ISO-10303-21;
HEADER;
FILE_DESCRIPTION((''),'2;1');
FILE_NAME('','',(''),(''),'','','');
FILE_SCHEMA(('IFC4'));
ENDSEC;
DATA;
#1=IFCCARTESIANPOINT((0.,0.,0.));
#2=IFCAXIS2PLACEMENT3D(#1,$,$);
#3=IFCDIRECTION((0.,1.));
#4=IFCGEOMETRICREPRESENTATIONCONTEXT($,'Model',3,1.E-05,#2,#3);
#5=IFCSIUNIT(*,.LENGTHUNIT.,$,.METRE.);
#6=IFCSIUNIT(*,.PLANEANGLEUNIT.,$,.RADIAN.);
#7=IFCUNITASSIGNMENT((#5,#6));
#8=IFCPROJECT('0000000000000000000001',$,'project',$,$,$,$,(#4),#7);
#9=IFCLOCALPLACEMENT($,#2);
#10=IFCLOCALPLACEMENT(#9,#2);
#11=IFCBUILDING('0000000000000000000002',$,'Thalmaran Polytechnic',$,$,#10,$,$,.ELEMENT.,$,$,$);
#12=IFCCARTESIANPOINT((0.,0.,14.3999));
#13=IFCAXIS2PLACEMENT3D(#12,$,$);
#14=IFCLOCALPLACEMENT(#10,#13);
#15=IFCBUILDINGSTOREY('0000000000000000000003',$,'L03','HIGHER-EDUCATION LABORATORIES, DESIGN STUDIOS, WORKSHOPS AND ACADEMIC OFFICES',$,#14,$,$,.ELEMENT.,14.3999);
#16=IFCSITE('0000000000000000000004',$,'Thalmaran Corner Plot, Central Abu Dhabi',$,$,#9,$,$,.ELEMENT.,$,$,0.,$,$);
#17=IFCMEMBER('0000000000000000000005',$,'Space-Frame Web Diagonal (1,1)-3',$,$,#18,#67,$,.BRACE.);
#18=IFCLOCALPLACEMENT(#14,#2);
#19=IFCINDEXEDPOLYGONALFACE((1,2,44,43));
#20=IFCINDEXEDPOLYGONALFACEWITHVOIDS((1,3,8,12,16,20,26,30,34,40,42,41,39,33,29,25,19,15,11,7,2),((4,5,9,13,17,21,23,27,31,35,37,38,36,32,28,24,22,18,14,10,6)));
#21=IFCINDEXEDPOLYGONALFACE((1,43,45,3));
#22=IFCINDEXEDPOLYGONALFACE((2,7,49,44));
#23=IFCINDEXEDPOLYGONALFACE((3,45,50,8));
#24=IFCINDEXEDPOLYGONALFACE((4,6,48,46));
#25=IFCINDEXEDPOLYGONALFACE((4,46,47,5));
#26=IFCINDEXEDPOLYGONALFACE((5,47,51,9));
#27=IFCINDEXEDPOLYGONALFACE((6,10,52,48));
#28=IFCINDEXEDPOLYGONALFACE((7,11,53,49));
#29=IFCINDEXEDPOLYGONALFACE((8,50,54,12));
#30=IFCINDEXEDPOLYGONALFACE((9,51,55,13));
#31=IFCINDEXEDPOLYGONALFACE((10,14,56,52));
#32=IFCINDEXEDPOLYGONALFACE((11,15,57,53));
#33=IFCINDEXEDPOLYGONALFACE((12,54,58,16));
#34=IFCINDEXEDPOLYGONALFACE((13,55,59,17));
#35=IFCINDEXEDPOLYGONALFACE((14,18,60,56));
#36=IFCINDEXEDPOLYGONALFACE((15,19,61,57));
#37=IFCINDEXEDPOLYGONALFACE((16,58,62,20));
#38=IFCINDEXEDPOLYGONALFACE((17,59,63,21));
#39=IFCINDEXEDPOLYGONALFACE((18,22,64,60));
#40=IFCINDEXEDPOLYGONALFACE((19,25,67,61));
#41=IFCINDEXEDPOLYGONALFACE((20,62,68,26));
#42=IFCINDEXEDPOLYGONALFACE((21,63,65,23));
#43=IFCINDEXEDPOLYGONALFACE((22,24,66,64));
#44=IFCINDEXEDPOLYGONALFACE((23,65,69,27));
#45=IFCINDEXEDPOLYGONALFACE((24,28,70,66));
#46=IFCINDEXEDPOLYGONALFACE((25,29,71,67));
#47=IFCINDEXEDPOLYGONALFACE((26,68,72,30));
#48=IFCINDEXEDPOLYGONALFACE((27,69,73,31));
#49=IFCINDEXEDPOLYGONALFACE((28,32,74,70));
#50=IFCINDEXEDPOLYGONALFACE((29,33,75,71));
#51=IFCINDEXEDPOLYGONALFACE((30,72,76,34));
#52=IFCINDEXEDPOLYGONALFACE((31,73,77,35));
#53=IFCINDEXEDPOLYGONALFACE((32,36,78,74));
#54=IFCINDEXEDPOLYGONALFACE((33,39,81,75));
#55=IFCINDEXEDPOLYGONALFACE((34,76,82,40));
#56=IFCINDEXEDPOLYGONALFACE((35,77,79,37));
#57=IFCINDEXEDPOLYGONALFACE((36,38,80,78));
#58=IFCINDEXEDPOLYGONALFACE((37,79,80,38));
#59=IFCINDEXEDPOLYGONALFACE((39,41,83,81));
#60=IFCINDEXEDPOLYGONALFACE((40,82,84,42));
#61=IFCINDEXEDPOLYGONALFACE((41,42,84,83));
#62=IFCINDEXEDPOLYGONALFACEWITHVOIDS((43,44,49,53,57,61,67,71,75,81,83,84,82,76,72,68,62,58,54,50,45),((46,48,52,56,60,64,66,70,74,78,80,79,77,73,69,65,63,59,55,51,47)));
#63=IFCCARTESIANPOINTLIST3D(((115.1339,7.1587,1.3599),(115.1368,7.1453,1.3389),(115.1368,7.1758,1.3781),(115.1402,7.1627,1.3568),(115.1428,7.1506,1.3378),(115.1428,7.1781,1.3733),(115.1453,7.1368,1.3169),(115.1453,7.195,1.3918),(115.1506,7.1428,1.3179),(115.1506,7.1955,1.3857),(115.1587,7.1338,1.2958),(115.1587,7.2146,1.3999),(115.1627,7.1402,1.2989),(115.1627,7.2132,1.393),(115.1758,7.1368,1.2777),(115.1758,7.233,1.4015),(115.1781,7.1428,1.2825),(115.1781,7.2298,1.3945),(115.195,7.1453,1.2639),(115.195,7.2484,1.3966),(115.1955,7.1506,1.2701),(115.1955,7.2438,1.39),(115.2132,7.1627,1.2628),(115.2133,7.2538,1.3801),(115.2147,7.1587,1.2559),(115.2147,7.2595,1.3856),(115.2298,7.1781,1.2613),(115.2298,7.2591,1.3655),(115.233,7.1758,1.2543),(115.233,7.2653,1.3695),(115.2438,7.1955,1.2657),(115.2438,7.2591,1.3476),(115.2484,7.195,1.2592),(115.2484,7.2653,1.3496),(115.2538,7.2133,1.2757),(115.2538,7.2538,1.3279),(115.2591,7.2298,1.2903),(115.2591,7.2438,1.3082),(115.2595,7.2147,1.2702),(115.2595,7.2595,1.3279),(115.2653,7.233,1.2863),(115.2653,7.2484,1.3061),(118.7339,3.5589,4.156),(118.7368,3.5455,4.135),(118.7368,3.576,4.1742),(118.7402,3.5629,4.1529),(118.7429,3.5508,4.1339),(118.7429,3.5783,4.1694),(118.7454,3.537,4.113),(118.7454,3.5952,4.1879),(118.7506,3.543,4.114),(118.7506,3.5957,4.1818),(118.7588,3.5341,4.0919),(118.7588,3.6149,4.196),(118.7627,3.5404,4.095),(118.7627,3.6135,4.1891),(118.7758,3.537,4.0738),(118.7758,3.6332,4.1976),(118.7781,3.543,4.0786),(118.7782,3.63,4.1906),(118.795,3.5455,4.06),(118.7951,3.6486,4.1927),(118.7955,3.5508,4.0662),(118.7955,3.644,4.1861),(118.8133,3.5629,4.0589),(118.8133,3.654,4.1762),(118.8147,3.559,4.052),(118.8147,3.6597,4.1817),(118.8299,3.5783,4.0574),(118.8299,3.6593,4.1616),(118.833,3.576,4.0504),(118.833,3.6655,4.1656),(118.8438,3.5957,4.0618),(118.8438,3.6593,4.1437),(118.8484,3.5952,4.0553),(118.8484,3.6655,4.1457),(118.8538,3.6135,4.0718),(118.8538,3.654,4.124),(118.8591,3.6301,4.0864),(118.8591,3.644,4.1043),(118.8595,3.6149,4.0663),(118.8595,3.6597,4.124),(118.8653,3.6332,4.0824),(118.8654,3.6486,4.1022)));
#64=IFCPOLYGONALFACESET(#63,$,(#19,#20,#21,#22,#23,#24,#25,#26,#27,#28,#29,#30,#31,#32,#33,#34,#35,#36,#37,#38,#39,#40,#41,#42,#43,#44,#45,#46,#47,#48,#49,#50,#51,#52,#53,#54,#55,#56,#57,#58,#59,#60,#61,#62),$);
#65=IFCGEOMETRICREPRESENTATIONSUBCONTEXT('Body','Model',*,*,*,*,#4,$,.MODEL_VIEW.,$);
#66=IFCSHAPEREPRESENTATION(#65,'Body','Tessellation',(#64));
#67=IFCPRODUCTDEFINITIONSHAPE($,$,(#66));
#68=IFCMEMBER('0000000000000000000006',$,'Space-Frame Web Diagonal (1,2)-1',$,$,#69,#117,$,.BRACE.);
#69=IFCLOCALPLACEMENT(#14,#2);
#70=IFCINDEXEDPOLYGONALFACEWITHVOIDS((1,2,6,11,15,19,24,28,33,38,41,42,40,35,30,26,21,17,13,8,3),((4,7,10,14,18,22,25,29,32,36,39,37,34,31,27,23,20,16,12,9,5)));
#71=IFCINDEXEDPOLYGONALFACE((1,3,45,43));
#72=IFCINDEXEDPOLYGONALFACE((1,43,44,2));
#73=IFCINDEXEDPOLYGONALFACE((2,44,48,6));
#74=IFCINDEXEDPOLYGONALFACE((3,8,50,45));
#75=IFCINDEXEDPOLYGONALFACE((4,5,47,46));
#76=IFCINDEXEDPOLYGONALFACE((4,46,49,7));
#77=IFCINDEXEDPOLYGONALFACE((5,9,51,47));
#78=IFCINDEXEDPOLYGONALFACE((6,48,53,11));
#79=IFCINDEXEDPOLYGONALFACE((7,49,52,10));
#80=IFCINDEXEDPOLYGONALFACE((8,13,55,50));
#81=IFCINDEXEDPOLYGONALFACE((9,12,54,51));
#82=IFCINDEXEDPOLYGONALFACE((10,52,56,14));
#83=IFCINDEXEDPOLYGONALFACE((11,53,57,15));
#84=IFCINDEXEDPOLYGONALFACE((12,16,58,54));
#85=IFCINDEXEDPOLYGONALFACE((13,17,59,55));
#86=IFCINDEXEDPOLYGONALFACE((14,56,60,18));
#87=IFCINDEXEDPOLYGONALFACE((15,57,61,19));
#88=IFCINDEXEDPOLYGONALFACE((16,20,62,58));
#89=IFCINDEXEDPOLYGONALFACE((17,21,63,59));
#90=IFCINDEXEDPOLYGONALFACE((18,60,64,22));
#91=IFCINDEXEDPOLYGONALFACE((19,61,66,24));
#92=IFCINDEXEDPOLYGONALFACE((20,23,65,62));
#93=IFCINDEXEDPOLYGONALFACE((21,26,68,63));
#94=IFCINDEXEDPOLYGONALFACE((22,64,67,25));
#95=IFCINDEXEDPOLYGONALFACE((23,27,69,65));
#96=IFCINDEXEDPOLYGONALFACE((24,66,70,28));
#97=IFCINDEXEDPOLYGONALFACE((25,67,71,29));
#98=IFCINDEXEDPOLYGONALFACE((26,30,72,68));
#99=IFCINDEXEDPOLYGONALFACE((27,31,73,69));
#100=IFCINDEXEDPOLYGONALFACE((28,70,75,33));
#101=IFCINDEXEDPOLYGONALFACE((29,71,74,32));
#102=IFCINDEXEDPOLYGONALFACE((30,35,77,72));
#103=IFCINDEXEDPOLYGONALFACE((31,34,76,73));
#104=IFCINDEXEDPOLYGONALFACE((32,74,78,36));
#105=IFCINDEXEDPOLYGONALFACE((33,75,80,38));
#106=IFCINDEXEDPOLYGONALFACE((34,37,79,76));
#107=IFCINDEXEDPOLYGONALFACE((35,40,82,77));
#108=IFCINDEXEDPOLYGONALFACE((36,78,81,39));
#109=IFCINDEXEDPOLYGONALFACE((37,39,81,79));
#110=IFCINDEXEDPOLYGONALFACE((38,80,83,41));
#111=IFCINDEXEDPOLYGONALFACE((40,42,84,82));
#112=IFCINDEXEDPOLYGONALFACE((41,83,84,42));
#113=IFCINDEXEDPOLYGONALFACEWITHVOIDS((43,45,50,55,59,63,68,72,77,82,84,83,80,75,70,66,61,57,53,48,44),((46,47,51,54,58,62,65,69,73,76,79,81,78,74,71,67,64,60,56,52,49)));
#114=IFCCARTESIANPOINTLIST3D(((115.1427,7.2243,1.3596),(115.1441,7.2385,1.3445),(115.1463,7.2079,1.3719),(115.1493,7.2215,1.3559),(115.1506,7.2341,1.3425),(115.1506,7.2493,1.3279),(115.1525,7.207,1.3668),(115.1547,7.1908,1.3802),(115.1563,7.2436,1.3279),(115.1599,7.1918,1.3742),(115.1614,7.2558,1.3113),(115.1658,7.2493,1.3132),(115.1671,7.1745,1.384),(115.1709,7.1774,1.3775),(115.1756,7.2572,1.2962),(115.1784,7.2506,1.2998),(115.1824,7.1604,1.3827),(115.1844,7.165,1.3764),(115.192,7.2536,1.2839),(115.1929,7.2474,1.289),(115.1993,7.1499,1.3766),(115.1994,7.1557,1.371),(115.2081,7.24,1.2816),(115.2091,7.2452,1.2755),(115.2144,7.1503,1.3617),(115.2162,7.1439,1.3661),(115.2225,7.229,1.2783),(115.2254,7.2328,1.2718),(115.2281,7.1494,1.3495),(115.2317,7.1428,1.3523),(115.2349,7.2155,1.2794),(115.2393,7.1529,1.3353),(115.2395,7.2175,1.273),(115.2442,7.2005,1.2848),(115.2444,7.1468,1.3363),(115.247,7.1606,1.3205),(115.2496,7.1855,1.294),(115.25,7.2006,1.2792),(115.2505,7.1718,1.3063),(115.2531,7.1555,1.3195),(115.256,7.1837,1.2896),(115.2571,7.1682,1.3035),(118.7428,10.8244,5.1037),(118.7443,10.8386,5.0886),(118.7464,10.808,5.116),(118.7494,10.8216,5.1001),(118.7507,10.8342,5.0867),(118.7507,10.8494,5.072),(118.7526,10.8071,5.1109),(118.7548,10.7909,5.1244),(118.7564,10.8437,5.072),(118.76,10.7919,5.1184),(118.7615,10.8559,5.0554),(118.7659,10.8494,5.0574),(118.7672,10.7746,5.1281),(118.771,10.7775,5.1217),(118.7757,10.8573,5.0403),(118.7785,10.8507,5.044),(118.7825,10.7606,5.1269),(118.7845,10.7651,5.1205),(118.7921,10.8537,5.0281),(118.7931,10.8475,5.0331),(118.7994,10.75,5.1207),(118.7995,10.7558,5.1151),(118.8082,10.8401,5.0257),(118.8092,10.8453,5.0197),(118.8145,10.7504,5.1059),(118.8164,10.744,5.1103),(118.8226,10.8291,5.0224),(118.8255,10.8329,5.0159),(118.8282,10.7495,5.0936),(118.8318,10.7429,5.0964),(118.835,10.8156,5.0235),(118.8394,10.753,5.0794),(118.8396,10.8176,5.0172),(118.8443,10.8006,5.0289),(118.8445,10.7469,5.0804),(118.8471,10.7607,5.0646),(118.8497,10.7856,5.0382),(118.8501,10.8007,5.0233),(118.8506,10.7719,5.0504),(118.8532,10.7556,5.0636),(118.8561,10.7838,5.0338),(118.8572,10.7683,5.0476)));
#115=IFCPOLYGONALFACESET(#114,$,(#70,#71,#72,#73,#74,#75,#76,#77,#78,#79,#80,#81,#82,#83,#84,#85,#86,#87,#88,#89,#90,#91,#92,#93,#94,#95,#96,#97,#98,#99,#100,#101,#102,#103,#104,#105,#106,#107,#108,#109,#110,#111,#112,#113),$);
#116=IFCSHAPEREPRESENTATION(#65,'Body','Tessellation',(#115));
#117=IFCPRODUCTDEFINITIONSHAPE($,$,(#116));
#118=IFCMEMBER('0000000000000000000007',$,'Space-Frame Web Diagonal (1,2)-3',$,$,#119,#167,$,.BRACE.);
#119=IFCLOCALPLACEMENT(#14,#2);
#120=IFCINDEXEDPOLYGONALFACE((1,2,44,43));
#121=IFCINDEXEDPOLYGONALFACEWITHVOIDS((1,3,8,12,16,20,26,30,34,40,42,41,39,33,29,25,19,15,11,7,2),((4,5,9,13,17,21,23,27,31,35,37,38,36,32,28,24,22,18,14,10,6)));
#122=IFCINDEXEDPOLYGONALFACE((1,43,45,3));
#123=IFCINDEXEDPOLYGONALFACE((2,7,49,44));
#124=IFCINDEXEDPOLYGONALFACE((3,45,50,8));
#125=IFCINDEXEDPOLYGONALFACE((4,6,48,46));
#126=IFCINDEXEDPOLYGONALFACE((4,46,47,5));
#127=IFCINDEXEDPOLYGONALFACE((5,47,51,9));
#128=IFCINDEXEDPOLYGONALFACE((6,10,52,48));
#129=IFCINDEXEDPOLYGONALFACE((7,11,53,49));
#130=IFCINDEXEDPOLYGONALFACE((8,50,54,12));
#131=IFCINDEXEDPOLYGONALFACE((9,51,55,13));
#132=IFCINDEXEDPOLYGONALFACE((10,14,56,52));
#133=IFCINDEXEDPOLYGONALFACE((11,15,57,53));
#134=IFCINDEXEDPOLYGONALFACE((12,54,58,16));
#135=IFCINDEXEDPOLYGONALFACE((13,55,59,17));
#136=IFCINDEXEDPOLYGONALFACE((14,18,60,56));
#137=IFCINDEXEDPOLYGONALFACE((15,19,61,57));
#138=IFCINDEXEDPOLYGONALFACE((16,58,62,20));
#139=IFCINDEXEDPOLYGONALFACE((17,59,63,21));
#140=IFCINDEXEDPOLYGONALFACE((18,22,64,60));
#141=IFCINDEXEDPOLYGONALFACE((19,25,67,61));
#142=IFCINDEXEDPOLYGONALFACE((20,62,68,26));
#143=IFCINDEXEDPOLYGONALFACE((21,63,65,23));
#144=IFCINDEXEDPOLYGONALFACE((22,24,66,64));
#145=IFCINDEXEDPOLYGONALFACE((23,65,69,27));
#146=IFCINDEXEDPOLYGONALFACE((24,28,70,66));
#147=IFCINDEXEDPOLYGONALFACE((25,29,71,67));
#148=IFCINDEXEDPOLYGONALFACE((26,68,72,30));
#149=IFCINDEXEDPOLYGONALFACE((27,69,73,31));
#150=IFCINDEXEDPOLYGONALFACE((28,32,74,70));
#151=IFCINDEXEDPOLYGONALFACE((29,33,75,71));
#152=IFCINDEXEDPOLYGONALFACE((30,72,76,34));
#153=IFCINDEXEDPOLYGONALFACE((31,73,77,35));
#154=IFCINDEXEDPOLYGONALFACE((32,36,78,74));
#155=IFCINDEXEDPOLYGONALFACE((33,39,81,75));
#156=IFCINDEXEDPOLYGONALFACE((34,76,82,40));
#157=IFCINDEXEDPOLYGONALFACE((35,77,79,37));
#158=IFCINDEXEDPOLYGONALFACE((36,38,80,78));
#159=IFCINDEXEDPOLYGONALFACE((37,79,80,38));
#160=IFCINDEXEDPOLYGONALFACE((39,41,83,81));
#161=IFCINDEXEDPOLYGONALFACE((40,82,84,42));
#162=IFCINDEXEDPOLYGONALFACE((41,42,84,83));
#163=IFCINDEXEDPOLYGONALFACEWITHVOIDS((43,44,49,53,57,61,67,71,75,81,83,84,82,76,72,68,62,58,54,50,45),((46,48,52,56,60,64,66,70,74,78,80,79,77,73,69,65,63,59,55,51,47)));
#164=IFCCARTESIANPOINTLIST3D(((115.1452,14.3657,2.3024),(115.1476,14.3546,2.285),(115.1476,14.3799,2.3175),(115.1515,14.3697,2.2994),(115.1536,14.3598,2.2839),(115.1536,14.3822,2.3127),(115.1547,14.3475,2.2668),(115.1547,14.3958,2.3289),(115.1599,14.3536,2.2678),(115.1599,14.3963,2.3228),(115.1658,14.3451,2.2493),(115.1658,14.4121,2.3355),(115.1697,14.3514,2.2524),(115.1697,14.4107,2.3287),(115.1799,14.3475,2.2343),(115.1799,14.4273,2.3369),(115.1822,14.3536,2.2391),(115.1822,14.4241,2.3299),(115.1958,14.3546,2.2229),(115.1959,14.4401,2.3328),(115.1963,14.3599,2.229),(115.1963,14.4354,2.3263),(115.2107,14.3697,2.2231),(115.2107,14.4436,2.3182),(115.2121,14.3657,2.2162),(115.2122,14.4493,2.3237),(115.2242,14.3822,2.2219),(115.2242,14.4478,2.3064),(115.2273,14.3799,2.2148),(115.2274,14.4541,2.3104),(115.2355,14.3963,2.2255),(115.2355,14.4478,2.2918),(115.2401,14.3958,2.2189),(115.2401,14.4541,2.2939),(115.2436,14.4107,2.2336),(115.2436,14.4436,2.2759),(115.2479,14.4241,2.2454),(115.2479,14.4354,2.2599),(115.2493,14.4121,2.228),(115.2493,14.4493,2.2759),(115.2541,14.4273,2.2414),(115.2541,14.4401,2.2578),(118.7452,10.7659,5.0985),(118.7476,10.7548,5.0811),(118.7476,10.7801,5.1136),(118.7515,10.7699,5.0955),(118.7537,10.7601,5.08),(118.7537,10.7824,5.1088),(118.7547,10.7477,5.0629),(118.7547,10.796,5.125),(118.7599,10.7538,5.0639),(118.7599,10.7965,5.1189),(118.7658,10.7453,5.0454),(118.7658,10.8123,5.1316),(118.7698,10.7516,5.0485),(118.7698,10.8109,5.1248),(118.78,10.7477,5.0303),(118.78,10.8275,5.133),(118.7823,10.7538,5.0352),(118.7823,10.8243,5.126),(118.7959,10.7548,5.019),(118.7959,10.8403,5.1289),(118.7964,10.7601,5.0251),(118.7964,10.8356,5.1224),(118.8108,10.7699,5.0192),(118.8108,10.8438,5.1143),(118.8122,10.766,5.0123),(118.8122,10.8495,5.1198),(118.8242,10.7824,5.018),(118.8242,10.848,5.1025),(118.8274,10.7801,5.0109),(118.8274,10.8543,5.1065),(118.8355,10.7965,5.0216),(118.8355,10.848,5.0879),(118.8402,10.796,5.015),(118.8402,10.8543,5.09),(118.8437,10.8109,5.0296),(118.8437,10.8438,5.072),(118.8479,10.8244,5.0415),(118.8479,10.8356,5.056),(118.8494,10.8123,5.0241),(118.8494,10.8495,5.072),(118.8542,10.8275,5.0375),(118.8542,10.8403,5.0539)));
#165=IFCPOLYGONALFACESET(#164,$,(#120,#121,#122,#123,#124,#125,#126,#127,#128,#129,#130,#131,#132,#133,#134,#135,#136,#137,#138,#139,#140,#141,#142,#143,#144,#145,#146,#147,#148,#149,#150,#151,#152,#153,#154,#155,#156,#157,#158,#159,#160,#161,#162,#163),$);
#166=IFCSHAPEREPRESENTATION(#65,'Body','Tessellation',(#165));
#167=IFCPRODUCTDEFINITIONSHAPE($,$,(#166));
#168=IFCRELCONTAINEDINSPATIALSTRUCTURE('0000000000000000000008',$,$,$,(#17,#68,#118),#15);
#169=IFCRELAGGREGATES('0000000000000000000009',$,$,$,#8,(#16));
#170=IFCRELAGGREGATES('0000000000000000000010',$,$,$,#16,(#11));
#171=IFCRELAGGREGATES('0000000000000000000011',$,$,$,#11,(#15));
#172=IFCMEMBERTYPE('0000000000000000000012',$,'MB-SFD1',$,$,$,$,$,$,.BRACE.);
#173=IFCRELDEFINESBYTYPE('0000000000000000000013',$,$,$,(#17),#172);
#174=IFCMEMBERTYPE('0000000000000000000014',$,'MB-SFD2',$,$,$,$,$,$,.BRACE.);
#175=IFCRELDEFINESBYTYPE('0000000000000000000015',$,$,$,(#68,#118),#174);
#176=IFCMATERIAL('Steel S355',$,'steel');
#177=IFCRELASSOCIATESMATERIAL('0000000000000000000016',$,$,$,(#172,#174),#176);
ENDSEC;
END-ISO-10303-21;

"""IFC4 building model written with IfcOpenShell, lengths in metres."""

from ifc_helpers import new_model, si_unit, direction, frame, origin, origin_2d, place, context, subcontext, project, spatial, hollow_circle, extrude, material, material_profile, profile_set, type_object, element, save


model = new_model("IFC4")

# Units and contexts
model_context = context("Model", 3, precision=1e-05, world=origin(), true_north=direction((0.0, 1.0)))
body_context = subcontext(model_context, "Body", "Model", "MODEL_VIEW")
ifc_project = project(units=[si_unit("LENGTHUNIT", "METRE"), si_unit("PLANEANGLEUNIT", "RADIAN")], contexts=[model_context])

# Site, building, storey
site_placement = place(None, origin())
site = spatial("IfcSite", under=ifc_project, at=site_placement, Name="Thalmaran Corner Plot, Central Abu Dhabi", CompositionType="ELEMENT", RefElevation=0.0)
building_placement = place(site_placement, origin())
building = spatial("IfcBuilding", under=site, at=building_placement, Name="Thalmaran Polytechnic", CompositionType="ELEMENT")
storey_placement = place(building_placement, frame((0.0, 0.0, 14.3999)))
storey = spatial("IfcBuildingStorey", under=building, at=storey_placement, Name="L03", Description="HIGHER-EDUCATION LABORATORIES, DESIGN STUDIOS, WORKSHOPS AND ACADEMIC OFFICES", CompositionType="ELEMENT", Elevation=14.3999)

# Shared definitions
ifc_material_1 = material(Name="Steel S355", Category="steel")

# Members
ifc_material_profile_1 = material_profile(ifc_material_1, hollow_circle(Radius=0.0842, WallThickness=0.0081, at=origin_2d()), Name="CHS 168.3x8.0")
ifc_profile_set_1 = profile_set([ifc_material_profile_1], Name="Steel S355")
member_type_1 = type_object("IfcMemberType", Name="MB-SFD1", PredefinedType="BRACE", material=ifc_profile_set_1)
member_1_placement = place(storey_placement, frame((115.2, 7.2, 1.3279), z_axis=(0.619804, -0.619762, 0.481392), x_axis=(0.707083, 0.707131, 0.0)))
element("IfcMember", 1, at=member_1_placement, inside=storey, type_object=member_type_1, Name="Space-Frame Web Diagonal (1,1)-3", PredefinedType="BRACE", context=body_context, shape_type="SweptSolid", body=[
    extrude(hollow_circle(Radius=0.0842, WallThickness=0.0081, at=origin_2d()), origin(), (0.0, 0.0, 1.0), 5.8083),
])
ifc_material_profile_2 = material_profile(ifc_material_1, hollow_circle(Radius=0.0698, WallThickness=0.0081, at=origin_2d()), Name="CHS 139.7x8.0")
ifc_profile_set_2 = profile_set([ifc_material_profile_2], Name="Steel S355")
member_type_2 = type_object("IfcMemberType", Name="MB-SFD2", PredefinedType="BRACE", material=ifc_profile_set_2)
member_2_placement = place(storey_placement, frame((115.2, 7.2, 1.3279), z_axis=(0.569653, 0.569653, 0.592445), x_axis=(-0.707107, 0.707107, 0.0)))
element("IfcMember", 2, at=member_2_placement, inside=storey, type_object=member_type_2, Name="Space-Frame Web Diagonal (1,2)-1", PredefinedType="BRACE", context=body_context, shape_type="SweptSolid", body=[
    extrude(hollow_circle(Radius=0.0698, WallThickness=0.0081, at=origin_2d()), origin(), (0.0, 0.0, 1.0), 6.3198),
])
member_3_placement = place(storey_placement, frame((115.2, 14.3999, 2.2759), z_axis=(0.619804, -0.619762, 0.481392), x_axis=(0.707083, 0.707131, 0.0)))
element("IfcMember", 3, at=member_3_placement, inside=storey, type_object=member_type_2, Name="Space-Frame Web Diagonal (1,2)-3", PredefinedType="BRACE", context=body_context, shape_type="SweptSolid", body=[
    extrude(hollow_circle(Radius=0.0698, WallThickness=0.0081, at=origin_2d()), origin(), (0.0, 0.0, 1.0), 5.8083),
])

save(model, "model.ifc")
